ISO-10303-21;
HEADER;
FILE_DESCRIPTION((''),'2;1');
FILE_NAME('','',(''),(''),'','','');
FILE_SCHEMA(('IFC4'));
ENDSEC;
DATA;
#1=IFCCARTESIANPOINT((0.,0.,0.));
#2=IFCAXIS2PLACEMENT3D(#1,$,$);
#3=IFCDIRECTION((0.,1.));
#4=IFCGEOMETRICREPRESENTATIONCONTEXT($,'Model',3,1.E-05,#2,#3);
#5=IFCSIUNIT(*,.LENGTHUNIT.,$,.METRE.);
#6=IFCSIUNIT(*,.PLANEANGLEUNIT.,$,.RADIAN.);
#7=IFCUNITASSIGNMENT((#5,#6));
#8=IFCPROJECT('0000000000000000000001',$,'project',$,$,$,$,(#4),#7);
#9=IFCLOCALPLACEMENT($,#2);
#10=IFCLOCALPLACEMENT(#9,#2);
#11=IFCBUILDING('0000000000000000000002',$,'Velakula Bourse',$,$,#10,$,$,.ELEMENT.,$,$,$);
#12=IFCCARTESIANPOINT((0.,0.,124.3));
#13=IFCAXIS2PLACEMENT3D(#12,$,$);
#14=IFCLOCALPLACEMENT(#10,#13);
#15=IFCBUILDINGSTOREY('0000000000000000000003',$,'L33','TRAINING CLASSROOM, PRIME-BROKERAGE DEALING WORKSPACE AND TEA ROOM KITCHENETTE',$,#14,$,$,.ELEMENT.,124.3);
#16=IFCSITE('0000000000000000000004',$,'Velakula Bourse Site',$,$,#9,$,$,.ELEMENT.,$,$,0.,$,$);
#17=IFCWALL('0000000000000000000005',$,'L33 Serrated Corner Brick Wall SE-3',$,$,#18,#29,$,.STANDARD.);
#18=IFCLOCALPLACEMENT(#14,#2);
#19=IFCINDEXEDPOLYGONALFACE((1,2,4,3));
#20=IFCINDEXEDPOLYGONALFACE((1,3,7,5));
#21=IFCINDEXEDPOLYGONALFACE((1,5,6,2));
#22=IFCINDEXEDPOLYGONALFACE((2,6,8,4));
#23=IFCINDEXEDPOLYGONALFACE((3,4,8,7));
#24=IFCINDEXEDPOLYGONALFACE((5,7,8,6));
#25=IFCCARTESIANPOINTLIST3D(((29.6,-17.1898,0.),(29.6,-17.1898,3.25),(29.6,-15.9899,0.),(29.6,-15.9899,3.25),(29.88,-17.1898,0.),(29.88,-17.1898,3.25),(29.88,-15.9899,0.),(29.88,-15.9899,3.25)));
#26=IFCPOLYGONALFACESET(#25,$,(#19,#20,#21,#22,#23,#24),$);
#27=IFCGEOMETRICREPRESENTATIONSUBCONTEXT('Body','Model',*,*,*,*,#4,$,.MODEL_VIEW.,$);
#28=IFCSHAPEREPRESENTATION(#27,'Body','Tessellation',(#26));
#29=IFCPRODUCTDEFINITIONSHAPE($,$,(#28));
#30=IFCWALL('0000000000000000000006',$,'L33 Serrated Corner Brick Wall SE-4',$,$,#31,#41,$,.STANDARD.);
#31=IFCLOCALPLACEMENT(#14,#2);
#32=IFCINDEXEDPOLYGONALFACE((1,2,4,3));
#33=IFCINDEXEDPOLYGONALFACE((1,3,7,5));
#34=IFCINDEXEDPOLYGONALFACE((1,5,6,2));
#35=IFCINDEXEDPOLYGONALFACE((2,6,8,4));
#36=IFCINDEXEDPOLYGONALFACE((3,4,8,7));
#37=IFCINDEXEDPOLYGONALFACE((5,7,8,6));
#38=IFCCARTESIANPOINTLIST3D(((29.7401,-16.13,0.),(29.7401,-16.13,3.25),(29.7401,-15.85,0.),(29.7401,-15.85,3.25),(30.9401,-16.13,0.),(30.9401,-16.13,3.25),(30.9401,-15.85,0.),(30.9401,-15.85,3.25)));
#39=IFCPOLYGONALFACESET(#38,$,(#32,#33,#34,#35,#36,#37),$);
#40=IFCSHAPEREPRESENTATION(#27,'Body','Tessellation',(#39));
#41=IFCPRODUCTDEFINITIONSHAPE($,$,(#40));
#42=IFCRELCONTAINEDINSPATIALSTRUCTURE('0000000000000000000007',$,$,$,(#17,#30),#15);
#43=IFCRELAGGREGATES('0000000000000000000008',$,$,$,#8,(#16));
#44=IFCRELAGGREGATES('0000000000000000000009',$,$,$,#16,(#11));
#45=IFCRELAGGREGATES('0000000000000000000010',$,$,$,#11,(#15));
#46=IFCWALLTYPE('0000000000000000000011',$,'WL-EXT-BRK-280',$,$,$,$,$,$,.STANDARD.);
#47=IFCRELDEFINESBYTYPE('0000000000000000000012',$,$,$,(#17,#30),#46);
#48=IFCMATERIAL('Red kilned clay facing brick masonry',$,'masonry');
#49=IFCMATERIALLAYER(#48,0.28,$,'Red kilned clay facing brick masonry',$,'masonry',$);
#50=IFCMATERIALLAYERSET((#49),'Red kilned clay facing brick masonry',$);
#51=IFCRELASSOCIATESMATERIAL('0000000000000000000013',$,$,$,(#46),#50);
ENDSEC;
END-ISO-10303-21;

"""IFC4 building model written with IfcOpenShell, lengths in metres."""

from ifc_helpers import new_model, si_unit, direction, frame, frame_2d, origin, place, context, subcontext, project, spatial, rectangle, extrude, material, layer, layer_set, type_object, element, save


model = new_model("IFC4")

# Units and contexts
model_context = context("Model", 3, precision=1e-05, world=origin(), true_north=direction((0.0, 1.0)))
body_context = subcontext(model_context, "Body", "Model", "MODEL_VIEW")
ifc_project = project(units=[si_unit("LENGTHUNIT", "METRE"), si_unit("PLANEANGLEUNIT", "RADIAN")], contexts=[model_context])

# Site, building, storey
site_placement = place(None, origin())
site = spatial("IfcSite", under=ifc_project, at=site_placement, Name="Velakula Bourse Site", CompositionType="ELEMENT", RefElevation=0.0)
building_placement = place(site_placement, origin())
building = spatial("IfcBuilding", under=site, at=building_placement, Name="Velakula Bourse", CompositionType="ELEMENT")
storey_placement = place(building_placement, frame((0.0, 0.0, 124.3)))
storey = spatial("IfcBuildingStorey", under=building, at=storey_placement, Name="L33", Description="TRAINING CLASSROOM, PRIME-BROKERAGE DEALING WORKSPACE AND TEA ROOM KITCHENETTE", CompositionType="ELEMENT", Elevation=124.3)

# Shared definitions
ifc_material_1 = material(Name="Red kilned clay facing brick masonry", Category="masonry")
ifc_layer = layer(ifc_material_1, 0.28, Name="Red kilned clay facing brick masonry", Category="masonry")
ifc_layer_set = layer_set([ifc_layer], Name="Red kilned clay facing brick masonry")
wall_type = type_object("IfcWallType", Name="WL-EXT-BRK-280", PredefinedType="STANDARD", material=ifc_layer_set)

# Walls
for number, where, z_axis, x_axis, name in (
    (1, (29.74, -17.1899, 0.0), (0.0, 0.0, 1.0), (0.0, 1.0, 0.0), "L33 Serrated Corner Brick Wall SE-3"),
    (2, (29.74, -15.99, 0.0), (0.0, 0.0, 1.0), (1.0, 0.0, 0.0), "L33 Serrated Corner Brick Wall SE-4"),
):
    element("IfcWall", number, at=place(storey_placement, frame(where, z_axis=z_axis, x_axis=x_axis)), inside=storey, type_object=wall_type, Name=name, PredefinedType="STANDARD", context=body_context, shape_type="SweptSolid", body=[
        extrude(rectangle(XDim=1.2, YDim=0.28, at=frame_2d((0.6001, 0.0))), origin(), (0.0, 0.0, 1.0), 3.25),
    ])

save(model, "model.ifc")
